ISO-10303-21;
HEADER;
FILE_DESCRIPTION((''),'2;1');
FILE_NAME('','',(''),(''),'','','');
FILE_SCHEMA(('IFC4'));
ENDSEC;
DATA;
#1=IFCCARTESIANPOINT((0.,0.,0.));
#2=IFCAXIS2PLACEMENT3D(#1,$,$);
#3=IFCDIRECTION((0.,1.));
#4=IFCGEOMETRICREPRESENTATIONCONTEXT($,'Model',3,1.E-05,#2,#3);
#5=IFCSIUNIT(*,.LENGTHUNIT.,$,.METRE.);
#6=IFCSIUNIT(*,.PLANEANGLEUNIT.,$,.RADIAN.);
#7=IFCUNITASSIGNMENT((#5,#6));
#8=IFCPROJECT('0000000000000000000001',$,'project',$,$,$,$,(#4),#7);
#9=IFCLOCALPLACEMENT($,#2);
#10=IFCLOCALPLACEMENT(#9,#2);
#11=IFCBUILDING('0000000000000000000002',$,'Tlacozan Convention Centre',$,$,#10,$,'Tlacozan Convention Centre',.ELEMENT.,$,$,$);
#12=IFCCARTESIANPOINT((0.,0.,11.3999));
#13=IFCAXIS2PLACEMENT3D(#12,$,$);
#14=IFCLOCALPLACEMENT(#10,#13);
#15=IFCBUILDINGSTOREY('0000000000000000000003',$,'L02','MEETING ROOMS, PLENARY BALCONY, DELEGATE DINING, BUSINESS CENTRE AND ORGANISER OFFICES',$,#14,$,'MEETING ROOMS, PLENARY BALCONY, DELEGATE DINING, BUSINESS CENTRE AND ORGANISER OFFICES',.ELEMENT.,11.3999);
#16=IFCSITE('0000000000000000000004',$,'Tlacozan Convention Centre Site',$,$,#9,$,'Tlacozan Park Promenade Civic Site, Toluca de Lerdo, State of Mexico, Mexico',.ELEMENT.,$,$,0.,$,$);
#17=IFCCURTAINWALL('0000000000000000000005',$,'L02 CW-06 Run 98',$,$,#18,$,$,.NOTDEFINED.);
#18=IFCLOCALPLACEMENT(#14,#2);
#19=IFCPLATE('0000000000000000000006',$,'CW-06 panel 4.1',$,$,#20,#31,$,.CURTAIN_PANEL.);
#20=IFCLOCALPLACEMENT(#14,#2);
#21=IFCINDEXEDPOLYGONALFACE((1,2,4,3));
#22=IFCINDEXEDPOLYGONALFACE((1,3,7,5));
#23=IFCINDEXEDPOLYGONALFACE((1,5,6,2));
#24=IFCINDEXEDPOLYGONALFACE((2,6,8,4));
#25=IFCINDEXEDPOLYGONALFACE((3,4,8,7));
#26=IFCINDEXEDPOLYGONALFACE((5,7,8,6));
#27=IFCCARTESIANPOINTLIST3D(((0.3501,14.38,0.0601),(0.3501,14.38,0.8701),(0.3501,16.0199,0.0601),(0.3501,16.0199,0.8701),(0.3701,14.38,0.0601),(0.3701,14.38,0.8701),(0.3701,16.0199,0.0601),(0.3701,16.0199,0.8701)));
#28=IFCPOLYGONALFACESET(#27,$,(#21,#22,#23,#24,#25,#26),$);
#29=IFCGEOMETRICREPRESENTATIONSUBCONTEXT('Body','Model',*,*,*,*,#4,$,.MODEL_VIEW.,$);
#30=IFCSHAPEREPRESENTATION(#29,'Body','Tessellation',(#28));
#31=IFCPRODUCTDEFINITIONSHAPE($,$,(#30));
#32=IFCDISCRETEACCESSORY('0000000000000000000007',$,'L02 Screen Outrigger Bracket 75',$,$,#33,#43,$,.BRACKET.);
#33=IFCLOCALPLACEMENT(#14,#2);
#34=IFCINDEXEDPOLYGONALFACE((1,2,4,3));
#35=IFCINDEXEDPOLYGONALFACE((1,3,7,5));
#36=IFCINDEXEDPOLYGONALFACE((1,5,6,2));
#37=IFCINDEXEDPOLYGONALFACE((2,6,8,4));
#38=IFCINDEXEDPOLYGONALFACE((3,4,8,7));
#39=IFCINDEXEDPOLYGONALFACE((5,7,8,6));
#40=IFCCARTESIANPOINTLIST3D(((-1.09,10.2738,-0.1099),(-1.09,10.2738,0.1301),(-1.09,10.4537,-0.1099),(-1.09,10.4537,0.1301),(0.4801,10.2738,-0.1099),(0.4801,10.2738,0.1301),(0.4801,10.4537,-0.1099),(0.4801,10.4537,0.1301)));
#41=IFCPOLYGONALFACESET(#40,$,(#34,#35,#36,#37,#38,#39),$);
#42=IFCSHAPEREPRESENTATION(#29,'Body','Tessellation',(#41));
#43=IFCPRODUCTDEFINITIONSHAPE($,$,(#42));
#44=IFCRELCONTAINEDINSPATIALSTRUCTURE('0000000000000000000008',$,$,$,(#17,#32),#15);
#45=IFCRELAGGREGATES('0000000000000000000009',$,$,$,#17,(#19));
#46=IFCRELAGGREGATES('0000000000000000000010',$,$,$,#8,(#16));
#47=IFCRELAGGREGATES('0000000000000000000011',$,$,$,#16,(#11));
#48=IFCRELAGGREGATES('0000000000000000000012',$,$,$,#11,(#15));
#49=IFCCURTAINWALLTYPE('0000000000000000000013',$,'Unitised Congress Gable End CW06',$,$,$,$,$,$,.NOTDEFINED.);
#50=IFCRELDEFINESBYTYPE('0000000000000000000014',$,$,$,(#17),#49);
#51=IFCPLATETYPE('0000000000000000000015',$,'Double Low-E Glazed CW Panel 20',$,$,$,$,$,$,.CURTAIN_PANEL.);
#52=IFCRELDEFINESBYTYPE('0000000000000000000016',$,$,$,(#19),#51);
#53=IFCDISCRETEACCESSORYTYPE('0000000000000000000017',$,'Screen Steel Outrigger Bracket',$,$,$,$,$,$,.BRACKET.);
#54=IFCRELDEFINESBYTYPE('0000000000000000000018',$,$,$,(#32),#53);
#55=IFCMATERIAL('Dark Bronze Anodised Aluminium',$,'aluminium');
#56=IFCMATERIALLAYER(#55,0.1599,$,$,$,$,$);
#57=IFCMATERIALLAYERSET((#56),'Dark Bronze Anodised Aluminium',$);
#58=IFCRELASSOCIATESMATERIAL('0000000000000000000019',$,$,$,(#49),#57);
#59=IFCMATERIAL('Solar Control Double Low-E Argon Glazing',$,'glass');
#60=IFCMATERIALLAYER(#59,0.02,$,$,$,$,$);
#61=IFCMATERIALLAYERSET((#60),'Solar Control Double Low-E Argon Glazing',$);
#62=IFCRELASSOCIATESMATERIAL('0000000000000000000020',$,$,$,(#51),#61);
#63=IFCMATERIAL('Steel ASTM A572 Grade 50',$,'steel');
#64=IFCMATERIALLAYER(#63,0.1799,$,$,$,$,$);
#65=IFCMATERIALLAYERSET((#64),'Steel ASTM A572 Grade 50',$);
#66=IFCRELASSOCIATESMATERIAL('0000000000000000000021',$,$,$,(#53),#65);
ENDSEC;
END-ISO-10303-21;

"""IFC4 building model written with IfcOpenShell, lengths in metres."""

from ifc_helpers import new_model, si_unit, direction, frame, origin, origin_2d, place, context, subcontext, project, spatial, rectangle, extrude, material, layer, layer_set, type_object, element, aggregate, save


model = new_model("IFC4")

# Units and contexts
model_context = context("Model", 3, precision=1e-05, world=origin(), true_north=direction((0.0, 1.0)))
body_context = subcontext(model_context, "Body", "Model", "MODEL_VIEW")
ifc_project = project(units=[si_unit("LENGTHUNIT", "METRE"), si_unit("PLANEANGLEUNIT", "RADIAN")], contexts=[model_context])

# Site, building, storey
site_placement = place(None, origin())
site = spatial("IfcSite", under=ifc_project, at=site_placement, Name="Tlacozan Convention Centre Site", LongName="Tlacozan Park Promenade Civic Site, Toluca de Lerdo, State of Mexico, Mexico", CompositionType="ELEMENT", RefElevation=0.0)
building_placement = place(site_placement, origin())
building = spatial("IfcBuilding", under=site, at=building_placement, Name="Tlacozan Convention Centre", LongName="Tlacozan Convention Centre", CompositionType="ELEMENT")
storey_placement = place(building_placement, frame((0.0, 0.0, 11.3999)))
storey = spatial("IfcBuildingStorey", under=building, at=storey_placement, Name="L02", Description="MEETING ROOMS, PLENARY BALCONY, DELEGATE DINING, BUSINESS CENTRE AND ORGANISER OFFICES", LongName="MEETING ROOMS, PLENARY BALCONY, DELEGATE DINING, BUSINESS CENTRE AND ORGANISER OFFICES", CompositionType="ELEMENT", Elevation=11.3999)

# Curtain wall
ifc_material_1 = material(Name="Dark Bronze Anodised Aluminium", Category="aluminium")
ifc_layer_1 = layer(ifc_material_1, 0.1599)
ifc_layer_set_1 = layer_set([ifc_layer_1], Name="Dark Bronze Anodised Aluminium")
curtain_wall_type = type_object("IfcCurtainWallType", Name="Unitised Congress Gable End CW06", PredefinedType="NOTDEFINED", material=ifc_layer_set_1)
curtain_wall_placement = place(storey_placement, origin())
curtain_wall = element("IfcCurtainWall", 1, at=curtain_wall_placement, inside=storey, type_object=curtain_wall_type, Name="L02 CW-06 Run 98", PredefinedType="NOTDEFINED")

# Plate
ifc_material_2 = material(Name="Solar Control Double Low-E Argon Glazing", Category="glass")
ifc_layer_2 = layer(ifc_material_2, 0.02)
ifc_layer_set_2 = layer_set([ifc_layer_2], Name="Solar Control Double Low-E Argon Glazing")
plate_type = type_object("IfcPlateType", Name="Double Low-E Glazed CW Panel 20", PredefinedType="CURTAIN_PANEL", material=ifc_layer_set_2)
plate_1_placement = place(storey_placement, frame((0.3601, 15.2, 0.0601), z_axis=(0.0, 0.0, 1.0), x_axis=(0.0, 1.0, 0.0)))
plate_1 = element("IfcPlate", 2, at=plate_1_placement, type_object=plate_type, Name="CW-06 panel 4.1", PredefinedType="CURTAIN_PANEL", context=body_context, shape_type="SweptSolid", body=[
    extrude(rectangle(XDim=1.6399, YDim=0.02, at=origin_2d()), origin(), (0.0, 0.0, 1.0), 0.8101),
])
aggregate(curtain_wall, [plate_1])

# Discrete accessory
ifc_material_3 = material(Name="Steel ASTM A572 Grade 50", Category="steel")
ifc_layer_3 = layer(ifc_material_3, 0.1799)
ifc_layer_set_3 = layer_set([ifc_layer_3], Name="Steel ASTM A572 Grade 50")
discrete_accessory_type = type_object("IfcDiscreteAccessoryType", Name="Screen Steel Outrigger Bracket", PredefinedType="BRACKET", material=ifc_layer_set_3)
discrete_accessory_placement = place(storey_placement, frame((-0.3049, 10.3638, -0.1099), z_axis=(0.0, 0.0, 1.0), x_axis=(1.0, 0.0, 0.0)))
element("IfcDiscreteAccessory", 3, at=discrete_accessory_placement, inside=storey, type_object=discrete_accessory_type, Name="L02 Screen Outrigger Bracket 75", PredefinedType="BRACKET", context=body_context, shape_type="SweptSolid", body=[
    extrude(rectangle(XDim=1.5701, YDim=0.1799, at=origin_2d()), origin(), (0.0, 0.0, 1.0), 0.24),
])

save(model, "model.ifc")
